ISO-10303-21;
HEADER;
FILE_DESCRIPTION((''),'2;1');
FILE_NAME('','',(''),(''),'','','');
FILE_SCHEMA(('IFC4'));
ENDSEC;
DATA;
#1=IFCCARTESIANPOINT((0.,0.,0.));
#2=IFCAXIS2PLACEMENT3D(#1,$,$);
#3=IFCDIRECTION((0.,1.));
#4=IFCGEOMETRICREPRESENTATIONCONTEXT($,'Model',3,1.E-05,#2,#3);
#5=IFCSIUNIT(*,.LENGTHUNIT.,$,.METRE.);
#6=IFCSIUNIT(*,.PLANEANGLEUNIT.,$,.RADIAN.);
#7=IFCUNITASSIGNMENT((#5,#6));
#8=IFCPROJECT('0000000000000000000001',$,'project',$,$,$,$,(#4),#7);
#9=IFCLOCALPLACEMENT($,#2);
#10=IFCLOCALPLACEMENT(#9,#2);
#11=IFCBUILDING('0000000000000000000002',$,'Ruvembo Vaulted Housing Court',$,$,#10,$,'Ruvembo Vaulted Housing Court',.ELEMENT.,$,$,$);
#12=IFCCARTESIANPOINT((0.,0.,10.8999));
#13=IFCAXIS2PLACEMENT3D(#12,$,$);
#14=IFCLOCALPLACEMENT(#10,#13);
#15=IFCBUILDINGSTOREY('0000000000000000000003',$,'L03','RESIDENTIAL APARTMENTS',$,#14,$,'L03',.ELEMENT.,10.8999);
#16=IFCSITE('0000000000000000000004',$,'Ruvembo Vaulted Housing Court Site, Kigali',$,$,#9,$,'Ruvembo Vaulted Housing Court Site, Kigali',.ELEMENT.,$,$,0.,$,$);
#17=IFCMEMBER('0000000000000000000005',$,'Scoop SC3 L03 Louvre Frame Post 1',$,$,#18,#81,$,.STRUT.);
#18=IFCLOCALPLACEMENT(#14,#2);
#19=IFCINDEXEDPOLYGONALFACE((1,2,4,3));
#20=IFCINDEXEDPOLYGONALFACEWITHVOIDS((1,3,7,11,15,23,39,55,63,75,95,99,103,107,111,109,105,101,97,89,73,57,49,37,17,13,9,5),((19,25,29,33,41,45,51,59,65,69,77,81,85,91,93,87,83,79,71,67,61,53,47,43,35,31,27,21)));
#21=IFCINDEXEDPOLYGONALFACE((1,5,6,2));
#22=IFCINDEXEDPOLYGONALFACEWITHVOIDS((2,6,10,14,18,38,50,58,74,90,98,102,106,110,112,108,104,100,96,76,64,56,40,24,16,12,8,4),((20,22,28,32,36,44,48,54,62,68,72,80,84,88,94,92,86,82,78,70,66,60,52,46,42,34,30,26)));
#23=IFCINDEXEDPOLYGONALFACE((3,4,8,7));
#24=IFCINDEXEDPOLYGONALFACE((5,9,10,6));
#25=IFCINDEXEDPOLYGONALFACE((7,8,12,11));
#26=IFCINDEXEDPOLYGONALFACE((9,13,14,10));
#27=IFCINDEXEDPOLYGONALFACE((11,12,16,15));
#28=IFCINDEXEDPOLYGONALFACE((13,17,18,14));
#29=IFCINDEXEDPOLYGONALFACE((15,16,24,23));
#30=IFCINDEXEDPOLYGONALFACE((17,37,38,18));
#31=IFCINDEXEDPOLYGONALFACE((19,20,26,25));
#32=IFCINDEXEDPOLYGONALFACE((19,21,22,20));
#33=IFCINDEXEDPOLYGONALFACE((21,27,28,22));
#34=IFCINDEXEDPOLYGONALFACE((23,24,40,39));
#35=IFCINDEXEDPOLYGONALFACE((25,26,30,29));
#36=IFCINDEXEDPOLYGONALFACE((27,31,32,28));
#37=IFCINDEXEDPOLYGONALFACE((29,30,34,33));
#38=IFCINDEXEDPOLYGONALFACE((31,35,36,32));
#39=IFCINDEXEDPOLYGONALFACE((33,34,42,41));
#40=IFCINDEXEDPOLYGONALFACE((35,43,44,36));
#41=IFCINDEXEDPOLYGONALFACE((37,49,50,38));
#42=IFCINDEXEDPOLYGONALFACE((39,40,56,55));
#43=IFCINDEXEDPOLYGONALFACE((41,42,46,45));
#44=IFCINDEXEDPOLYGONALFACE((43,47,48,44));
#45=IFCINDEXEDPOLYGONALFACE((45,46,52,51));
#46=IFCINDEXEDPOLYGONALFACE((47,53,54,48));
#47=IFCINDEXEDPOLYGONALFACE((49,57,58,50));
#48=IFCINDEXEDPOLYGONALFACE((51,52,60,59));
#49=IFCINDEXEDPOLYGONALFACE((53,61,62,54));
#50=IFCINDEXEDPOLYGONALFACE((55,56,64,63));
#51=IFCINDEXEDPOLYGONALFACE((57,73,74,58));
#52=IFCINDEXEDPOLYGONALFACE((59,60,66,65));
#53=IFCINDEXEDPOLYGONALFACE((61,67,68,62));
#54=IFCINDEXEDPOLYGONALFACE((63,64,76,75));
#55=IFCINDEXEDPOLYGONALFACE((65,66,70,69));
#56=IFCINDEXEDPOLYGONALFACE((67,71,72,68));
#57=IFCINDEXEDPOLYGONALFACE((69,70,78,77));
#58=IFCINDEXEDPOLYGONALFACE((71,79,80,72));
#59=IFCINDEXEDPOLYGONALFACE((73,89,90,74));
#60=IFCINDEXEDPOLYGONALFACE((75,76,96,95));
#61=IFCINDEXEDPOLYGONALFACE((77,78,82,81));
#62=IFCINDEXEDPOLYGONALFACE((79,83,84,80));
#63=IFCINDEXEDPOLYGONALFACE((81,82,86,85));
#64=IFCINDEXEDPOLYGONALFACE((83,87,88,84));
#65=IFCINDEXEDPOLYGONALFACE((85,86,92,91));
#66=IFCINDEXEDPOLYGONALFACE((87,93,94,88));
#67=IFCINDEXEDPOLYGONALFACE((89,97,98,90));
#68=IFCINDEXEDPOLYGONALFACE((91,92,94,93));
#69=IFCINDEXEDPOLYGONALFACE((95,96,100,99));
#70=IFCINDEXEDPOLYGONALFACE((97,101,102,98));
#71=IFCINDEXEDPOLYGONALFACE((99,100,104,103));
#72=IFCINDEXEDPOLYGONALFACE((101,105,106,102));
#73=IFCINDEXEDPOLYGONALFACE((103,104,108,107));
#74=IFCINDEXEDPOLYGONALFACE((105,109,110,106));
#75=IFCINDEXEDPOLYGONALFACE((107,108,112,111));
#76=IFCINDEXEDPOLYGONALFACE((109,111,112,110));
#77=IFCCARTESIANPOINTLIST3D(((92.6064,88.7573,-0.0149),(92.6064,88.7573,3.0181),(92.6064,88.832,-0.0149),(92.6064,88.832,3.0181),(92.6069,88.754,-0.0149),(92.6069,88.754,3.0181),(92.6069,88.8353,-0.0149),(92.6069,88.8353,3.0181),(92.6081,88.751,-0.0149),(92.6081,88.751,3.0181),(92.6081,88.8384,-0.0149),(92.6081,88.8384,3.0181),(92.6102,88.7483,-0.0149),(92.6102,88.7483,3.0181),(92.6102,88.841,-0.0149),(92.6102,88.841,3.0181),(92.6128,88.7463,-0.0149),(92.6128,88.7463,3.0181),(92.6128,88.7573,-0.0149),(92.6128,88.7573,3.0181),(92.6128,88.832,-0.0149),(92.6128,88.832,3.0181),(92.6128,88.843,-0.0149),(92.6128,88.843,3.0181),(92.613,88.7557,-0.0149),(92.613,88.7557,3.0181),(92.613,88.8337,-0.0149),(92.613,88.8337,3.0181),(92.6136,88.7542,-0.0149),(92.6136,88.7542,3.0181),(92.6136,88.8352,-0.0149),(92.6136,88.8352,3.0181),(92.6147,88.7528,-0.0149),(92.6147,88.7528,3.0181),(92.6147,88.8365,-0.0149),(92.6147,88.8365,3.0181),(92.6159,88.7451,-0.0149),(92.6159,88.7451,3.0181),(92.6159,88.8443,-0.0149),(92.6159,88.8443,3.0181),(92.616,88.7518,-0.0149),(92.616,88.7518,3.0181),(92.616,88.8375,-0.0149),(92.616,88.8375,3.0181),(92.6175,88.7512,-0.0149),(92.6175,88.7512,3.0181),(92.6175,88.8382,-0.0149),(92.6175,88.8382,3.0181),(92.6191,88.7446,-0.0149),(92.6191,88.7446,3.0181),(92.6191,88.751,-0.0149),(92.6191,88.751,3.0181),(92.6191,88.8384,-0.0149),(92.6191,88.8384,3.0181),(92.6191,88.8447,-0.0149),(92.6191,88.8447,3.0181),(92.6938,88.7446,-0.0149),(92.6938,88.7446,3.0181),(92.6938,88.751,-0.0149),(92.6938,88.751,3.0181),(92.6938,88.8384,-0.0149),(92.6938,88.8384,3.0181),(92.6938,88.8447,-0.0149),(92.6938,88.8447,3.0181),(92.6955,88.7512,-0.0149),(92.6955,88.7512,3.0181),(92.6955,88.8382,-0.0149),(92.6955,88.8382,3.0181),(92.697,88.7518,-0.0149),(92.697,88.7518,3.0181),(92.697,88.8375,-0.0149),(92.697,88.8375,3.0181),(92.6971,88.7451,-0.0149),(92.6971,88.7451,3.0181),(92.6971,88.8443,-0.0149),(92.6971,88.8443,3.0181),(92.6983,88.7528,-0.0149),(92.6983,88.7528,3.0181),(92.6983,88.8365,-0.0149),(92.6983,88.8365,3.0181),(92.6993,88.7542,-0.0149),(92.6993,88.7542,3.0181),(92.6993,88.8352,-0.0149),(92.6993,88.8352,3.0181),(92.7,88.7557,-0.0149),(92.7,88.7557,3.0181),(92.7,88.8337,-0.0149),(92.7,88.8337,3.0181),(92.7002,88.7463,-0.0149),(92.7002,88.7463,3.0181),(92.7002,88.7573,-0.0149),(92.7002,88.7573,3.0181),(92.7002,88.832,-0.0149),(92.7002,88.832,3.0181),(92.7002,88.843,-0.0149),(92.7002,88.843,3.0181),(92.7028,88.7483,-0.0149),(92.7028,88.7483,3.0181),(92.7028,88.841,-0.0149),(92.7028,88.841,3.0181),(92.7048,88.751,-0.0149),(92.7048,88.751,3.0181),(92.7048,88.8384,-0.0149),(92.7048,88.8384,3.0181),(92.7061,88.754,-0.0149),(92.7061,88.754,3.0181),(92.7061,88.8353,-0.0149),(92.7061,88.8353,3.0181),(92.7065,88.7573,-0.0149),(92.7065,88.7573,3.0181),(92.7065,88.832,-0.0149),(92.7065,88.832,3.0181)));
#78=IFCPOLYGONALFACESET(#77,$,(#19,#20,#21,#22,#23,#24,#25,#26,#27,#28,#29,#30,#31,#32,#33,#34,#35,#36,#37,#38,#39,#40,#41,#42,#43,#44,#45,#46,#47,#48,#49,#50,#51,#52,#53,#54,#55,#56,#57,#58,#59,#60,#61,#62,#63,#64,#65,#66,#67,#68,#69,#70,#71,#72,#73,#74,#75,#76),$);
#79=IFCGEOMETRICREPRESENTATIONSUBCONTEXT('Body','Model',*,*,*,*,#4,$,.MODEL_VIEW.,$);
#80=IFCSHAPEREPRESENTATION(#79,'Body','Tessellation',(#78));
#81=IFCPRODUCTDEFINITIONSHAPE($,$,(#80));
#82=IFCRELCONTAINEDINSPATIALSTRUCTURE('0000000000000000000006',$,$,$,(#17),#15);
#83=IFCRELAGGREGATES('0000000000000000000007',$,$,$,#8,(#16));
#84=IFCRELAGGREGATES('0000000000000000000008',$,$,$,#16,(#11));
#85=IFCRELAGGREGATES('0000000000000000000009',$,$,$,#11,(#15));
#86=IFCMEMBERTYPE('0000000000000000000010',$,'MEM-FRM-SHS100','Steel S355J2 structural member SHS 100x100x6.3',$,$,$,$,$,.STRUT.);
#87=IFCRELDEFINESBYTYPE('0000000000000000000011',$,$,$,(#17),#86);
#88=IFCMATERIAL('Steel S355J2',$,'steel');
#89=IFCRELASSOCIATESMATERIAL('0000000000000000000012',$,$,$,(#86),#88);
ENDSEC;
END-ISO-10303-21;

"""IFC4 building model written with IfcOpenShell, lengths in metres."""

from ifc_helpers import new_model, si_unit, direction, frame, origin, origin_2d, place, context, subcontext, project, spatial, hollow_rectangle, extrude, material, material_profile, profile_set, type_object, element, save


model = new_model("IFC4")

# Units and contexts
model_context = context("Model", 3, precision=1e-05, world=origin(), true_north=direction((0.0, 1.0)))
body_context = subcontext(model_context, "Body", "Model", "MODEL_VIEW")
ifc_project = project(units=[si_unit("LENGTHUNIT", "METRE"), si_unit("PLANEANGLEUNIT", "RADIAN")], contexts=[model_context])

# Site, building, storey
site_placement = place(None, origin())
site = spatial("IfcSite", under=ifc_project, at=site_placement, Name="Ruvembo Vaulted Housing Court Site, Kigali", LongName="Ruvembo Vaulted Housing Court Site, Kigali", CompositionType="ELEMENT", RefElevation=0.0)
building_placement = place(site_placement, origin())
building = spatial("IfcBuilding", under=site, at=building_placement, Name="Ruvembo Vaulted Housing Court", LongName="Ruvembo Vaulted Housing Court", CompositionType="ELEMENT")
storey_placement = place(building_placement, frame((0.0, 0.0, 10.8999)))
storey = spatial("IfcBuildingStorey", under=building, at=storey_placement, Name="L03", Description="RESIDENTIAL APARTMENTS", LongName="L03", CompositionType="ELEMENT", Elevation=10.8999)

# Shared definitions
ifc_material_1 = material(Name="Steel S355J2", Category="steel")

# Member
ifc_material_profile_1 = material_profile(ifc_material_1, hollow_rectangle(XDim=0.1001, YDim=0.1001, WallThickness=0.0063, InnerFilletRadius=0.0063, OuterFilletRadius=0.0127, at=origin_2d()), Name="SHS 100x100x6.3")
ifc_profile_set_1 = profile_set([ifc_material_profile_1], Name="Steel S355J2")
member_type_1 = type_object("IfcMemberType", Name="MEM-FRM-SHS100", Description="Steel S355J2 structural member SHS 100x100x6.3", PredefinedType="STRUT", material=ifc_profile_set_1)
member_placement = place(storey_placement, frame((92.6565, 88.7947, -0.0149), z_axis=(0.0, 0.0, 1.0), x_axis=(1.0, 0.0, 0.0)))
element("IfcMember", 1, at=member_placement, inside=storey, type_object=member_type_1, Name="Scoop SC3 L03 Louvre Frame Post 1", PredefinedType="STRUT", context=body_context, shape_type="SweptSolid", body=[
    extrude(hollow_rectangle(XDim=0.1001, YDim=0.1001, WallThickness=0.0063, InnerFilletRadius=0.0063, OuterFilletRadius=0.0127, at=origin_2d()), origin(), (0.0, 0.0, 1.0), 3.033),
])

save(model, "model.ifc")
